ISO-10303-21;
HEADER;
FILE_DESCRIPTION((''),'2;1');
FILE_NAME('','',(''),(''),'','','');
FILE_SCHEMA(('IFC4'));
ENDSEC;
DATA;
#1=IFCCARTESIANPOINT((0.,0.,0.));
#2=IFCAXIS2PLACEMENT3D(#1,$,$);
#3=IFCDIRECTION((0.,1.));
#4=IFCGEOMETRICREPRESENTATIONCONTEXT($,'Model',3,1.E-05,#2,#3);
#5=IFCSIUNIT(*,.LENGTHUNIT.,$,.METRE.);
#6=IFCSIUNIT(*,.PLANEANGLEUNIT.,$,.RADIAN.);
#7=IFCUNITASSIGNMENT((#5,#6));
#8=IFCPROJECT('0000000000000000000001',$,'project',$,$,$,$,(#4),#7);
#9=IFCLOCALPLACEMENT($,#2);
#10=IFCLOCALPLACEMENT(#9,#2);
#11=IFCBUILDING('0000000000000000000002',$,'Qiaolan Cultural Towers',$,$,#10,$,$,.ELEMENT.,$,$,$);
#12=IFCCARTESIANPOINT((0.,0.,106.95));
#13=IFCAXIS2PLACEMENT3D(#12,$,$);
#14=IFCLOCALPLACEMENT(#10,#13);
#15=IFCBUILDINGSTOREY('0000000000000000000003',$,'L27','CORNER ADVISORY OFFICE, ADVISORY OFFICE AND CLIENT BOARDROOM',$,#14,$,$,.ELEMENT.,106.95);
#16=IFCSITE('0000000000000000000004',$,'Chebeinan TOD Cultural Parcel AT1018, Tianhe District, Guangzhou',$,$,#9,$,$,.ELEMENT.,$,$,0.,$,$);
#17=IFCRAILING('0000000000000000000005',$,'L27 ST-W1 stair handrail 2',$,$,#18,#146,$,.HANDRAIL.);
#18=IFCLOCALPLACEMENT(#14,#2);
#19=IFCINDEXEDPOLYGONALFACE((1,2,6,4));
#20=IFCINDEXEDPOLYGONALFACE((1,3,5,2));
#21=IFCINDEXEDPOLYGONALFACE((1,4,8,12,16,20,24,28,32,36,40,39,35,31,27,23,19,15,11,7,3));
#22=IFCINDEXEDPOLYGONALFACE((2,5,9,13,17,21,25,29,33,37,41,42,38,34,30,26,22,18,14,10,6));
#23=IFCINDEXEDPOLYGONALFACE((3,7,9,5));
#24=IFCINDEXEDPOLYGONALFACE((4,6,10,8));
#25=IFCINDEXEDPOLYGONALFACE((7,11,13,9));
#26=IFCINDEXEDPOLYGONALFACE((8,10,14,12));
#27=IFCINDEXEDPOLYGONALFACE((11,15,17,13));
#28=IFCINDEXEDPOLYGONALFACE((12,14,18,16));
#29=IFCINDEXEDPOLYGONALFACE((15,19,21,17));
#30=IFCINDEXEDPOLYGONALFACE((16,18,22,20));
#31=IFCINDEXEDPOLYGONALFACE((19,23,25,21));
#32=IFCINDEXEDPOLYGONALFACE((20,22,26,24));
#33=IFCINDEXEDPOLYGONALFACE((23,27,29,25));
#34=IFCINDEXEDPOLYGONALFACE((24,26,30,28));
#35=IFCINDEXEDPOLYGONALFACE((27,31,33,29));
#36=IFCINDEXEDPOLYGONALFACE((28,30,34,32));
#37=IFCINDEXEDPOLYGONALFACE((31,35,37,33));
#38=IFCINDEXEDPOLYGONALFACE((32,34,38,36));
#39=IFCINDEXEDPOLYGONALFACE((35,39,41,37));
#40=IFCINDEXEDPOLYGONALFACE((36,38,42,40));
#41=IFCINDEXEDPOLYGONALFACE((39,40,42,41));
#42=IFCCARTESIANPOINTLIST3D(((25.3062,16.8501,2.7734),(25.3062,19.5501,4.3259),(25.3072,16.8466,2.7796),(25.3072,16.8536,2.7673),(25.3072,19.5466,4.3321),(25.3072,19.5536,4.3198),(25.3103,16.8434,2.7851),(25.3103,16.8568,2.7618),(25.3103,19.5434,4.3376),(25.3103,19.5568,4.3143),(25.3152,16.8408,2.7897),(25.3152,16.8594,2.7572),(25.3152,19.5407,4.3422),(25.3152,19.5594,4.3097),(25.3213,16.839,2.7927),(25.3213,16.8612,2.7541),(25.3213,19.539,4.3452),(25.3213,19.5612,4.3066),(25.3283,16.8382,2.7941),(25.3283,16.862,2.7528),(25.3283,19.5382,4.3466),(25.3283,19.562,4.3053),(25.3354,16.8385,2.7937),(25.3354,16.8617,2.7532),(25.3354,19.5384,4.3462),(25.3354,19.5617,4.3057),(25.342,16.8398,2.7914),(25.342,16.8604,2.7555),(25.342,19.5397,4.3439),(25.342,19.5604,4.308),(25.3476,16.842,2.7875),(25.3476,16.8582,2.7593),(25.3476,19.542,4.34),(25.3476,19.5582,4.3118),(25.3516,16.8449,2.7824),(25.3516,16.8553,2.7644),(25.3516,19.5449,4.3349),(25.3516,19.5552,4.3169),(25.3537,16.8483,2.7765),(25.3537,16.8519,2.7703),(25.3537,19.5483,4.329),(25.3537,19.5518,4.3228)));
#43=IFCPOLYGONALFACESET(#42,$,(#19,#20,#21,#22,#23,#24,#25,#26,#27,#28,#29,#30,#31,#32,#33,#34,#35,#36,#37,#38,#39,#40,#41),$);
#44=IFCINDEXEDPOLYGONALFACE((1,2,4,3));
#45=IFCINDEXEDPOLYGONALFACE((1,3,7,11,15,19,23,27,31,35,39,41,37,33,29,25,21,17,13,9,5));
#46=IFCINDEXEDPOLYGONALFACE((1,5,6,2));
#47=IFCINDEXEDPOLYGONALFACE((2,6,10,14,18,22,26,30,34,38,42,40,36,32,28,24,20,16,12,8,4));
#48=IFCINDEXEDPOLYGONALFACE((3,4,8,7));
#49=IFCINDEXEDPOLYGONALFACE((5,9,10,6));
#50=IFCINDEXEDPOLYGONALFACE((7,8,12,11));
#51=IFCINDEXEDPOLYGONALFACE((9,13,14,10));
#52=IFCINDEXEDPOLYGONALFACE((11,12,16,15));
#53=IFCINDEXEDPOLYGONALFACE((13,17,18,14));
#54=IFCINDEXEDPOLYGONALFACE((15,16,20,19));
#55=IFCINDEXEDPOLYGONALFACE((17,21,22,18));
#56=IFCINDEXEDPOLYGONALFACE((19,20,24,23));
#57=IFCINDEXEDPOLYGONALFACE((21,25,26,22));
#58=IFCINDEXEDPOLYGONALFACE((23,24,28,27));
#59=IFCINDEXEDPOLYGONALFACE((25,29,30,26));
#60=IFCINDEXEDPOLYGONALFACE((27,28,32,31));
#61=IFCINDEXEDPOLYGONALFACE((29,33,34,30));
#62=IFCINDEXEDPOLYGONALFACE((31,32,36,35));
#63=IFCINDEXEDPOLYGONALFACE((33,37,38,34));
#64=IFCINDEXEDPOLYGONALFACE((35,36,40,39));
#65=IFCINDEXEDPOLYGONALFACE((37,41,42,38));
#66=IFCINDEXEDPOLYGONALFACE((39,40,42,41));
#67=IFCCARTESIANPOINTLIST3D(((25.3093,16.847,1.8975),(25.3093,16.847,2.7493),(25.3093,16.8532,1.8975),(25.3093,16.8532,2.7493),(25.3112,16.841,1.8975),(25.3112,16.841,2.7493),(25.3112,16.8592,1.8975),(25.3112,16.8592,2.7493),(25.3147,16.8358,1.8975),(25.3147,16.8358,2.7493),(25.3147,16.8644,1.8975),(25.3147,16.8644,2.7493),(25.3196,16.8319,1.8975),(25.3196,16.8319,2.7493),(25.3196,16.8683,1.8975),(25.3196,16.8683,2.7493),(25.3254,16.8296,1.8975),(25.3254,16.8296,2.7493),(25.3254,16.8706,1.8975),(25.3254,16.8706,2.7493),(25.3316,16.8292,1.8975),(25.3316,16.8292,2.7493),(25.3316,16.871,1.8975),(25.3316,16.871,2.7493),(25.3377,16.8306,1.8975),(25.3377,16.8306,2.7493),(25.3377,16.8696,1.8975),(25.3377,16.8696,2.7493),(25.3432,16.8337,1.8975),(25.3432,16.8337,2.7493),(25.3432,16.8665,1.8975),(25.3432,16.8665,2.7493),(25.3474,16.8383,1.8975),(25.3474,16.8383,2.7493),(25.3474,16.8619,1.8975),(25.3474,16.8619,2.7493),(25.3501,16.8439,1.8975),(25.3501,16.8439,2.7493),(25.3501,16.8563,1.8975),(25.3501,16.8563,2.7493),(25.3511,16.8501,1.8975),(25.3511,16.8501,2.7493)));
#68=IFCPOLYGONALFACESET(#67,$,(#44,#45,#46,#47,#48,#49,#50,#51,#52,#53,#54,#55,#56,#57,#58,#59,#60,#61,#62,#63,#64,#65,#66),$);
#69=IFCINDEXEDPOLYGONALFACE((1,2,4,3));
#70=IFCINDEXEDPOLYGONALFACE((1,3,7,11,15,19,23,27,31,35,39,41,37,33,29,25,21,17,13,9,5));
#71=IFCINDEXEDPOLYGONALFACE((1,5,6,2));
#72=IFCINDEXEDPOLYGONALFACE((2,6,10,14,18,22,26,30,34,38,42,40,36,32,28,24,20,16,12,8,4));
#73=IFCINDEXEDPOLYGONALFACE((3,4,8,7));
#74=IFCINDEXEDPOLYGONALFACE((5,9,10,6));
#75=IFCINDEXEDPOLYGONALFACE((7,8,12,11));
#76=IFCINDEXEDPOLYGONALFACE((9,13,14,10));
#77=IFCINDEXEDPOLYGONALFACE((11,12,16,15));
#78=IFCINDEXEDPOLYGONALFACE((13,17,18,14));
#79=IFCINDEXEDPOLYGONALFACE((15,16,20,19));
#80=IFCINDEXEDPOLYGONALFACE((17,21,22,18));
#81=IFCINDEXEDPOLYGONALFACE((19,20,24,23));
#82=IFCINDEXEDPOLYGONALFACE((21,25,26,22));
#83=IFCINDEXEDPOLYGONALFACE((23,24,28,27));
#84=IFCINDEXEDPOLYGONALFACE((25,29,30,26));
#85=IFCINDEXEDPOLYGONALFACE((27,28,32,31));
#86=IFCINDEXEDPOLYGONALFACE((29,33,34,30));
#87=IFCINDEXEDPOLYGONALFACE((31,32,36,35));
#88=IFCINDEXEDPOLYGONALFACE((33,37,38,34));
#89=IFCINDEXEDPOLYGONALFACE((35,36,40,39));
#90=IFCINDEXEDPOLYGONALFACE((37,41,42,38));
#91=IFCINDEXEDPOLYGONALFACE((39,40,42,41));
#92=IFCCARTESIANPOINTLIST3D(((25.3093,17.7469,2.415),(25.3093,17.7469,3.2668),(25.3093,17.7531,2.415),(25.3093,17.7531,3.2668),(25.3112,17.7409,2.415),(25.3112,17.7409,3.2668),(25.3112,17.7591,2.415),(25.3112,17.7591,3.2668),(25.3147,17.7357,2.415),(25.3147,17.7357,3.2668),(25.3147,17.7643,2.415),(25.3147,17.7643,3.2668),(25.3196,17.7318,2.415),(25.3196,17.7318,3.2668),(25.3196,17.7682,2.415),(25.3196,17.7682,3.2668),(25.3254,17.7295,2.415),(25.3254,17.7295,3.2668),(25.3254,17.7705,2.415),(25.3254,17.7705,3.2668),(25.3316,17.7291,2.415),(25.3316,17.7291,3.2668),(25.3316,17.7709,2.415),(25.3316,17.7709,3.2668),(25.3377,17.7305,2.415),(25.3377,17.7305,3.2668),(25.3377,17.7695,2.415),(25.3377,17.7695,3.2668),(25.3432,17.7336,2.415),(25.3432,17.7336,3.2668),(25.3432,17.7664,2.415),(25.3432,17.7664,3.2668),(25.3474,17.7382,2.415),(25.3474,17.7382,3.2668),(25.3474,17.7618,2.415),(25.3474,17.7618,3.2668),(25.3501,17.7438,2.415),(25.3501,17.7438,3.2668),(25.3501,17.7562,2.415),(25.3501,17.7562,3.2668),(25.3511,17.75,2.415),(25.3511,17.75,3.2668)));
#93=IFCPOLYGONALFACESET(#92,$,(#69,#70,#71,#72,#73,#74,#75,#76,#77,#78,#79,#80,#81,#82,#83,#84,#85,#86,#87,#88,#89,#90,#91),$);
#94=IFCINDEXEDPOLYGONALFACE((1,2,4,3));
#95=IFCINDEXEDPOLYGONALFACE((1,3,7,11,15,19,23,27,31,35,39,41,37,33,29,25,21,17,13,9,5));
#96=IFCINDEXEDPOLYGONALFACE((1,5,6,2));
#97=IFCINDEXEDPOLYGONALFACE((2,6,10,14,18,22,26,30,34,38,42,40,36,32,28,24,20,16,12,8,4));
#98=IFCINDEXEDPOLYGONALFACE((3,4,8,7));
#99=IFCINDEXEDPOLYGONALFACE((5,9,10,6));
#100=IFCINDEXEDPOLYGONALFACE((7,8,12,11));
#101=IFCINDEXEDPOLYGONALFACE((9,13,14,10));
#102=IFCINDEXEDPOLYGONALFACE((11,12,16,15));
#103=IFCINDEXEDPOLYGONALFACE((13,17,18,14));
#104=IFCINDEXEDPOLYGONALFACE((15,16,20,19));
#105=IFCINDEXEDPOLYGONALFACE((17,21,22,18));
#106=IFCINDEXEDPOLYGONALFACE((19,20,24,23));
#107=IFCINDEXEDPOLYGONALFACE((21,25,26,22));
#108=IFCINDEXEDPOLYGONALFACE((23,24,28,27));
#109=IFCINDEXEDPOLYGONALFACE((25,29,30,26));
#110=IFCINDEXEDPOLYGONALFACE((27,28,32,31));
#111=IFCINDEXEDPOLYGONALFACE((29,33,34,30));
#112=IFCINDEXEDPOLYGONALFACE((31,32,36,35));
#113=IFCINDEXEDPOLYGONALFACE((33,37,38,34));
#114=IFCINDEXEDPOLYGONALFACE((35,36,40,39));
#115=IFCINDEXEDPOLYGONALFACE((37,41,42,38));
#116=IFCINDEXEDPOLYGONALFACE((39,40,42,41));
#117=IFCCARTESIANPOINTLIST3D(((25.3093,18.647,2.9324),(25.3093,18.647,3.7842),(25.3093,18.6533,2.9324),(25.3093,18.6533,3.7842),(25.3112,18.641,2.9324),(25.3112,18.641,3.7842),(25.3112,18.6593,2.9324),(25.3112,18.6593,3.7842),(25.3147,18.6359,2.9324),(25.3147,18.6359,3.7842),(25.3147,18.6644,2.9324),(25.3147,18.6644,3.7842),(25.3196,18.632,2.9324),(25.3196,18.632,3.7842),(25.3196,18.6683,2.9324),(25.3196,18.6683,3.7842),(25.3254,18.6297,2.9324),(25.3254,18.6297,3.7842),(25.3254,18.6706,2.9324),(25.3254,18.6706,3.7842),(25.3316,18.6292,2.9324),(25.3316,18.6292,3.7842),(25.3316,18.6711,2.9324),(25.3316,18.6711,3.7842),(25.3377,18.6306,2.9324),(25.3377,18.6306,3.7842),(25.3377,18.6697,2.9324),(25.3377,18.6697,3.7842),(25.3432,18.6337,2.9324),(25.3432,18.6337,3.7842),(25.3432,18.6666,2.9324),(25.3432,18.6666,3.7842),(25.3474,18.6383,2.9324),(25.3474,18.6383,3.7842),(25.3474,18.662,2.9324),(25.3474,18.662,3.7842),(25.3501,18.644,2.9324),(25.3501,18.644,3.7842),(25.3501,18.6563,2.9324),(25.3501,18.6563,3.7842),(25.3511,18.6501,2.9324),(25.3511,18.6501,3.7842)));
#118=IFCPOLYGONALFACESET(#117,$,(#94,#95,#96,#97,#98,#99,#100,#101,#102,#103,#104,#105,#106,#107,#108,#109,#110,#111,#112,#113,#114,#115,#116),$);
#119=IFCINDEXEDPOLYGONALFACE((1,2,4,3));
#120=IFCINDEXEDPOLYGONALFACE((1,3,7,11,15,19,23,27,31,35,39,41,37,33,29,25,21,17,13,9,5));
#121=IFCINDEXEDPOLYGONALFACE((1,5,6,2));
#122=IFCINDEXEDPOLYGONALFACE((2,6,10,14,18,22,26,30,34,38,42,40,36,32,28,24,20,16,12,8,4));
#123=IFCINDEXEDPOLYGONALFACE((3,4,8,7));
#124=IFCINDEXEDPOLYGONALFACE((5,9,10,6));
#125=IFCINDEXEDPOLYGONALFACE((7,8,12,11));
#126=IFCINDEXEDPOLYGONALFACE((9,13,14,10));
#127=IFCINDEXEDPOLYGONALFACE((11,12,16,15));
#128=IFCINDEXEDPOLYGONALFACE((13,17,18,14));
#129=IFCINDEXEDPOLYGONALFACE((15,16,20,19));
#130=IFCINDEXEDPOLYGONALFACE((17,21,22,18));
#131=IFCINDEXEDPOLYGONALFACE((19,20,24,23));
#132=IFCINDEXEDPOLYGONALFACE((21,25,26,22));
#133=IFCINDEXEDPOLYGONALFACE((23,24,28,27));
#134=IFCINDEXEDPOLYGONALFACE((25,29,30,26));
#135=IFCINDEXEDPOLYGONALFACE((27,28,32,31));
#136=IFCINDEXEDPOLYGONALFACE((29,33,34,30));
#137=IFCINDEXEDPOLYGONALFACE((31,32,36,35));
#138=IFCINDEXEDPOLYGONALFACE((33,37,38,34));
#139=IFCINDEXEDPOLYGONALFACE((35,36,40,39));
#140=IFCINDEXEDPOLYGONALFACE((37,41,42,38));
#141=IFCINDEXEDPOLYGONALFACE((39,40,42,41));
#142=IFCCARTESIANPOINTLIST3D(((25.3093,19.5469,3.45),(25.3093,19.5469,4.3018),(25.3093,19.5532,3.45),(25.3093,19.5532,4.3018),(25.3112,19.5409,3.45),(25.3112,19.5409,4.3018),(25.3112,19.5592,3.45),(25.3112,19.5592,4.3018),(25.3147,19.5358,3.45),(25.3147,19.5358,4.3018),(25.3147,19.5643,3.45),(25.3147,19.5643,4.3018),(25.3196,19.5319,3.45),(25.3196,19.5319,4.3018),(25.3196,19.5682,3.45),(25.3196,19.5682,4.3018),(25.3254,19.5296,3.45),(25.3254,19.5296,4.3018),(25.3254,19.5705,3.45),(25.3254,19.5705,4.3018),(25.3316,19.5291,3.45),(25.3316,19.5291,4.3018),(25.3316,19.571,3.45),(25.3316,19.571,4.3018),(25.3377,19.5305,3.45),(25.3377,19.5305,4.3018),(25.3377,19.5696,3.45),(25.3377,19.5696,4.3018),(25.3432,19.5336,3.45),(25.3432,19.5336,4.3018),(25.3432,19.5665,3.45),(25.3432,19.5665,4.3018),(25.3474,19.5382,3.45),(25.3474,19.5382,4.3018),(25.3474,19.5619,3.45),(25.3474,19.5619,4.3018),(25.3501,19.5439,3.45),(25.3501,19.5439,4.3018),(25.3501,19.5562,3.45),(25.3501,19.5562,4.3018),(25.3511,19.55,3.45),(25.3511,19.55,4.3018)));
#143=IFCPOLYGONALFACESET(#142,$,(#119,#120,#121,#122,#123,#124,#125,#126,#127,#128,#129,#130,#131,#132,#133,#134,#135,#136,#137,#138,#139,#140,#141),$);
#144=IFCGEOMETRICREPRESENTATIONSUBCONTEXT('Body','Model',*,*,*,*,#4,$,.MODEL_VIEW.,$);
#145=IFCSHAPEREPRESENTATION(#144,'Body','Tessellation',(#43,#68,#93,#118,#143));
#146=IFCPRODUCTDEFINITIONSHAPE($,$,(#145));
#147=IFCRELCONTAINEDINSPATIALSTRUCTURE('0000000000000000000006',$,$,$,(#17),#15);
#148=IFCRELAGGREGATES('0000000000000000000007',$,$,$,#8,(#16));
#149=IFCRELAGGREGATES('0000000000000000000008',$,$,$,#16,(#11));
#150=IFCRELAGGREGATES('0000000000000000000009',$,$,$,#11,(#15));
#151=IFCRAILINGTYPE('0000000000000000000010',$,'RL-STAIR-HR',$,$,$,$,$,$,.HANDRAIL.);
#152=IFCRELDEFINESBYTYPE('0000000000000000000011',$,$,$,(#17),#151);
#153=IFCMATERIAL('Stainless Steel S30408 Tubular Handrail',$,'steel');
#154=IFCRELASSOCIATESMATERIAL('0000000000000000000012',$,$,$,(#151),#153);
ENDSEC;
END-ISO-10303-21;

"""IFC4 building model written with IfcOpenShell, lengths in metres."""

from ifc_helpers import new_model, si_unit, direction, frame, origin, origin_2d, place, context, subcontext, project, spatial, circle, extrude, material, type_object, element, save


model = new_model("IFC4")

# Units and contexts
model_context = context("Model", 3, precision=1e-05, world=origin(), true_north=direction((0.0, 1.0)))
body_context = subcontext(model_context, "Body", "Model", "MODEL_VIEW")
ifc_project = project(units=[si_unit("LENGTHUNIT", "METRE"), si_unit("PLANEANGLEUNIT", "RADIAN")], contexts=[model_context])

# Site, building, storey
site_placement = place(None, origin())
site = spatial("IfcSite", under=ifc_project, at=site_placement, Name="Chebeinan TOD Cultural Parcel AT1018, Tianhe District, Guangzhou", CompositionType="ELEMENT", RefElevation=0.0)
building_placement = place(site_placement, origin())
building = spatial("IfcBuilding", under=site, at=building_placement, Name="Qiaolan Cultural Towers", CompositionType="ELEMENT")
storey_placement = place(building_placement, frame((0.0, 0.0, 106.95)))
storey = spatial("IfcBuildingStorey", under=building, at=storey_placement, Name="L27", Description="CORNER ADVISORY OFFICE, ADVISORY OFFICE AND CLIENT BOARDROOM", CompositionType="ELEMENT", Elevation=106.95)

# Railing
ifc_material_1 = material(Name="Stainless Steel S30408 Tubular Handrail", Category="steel")
railing_type_1 = type_object("IfcRailingType", Name="RL-STAIR-HR", PredefinedType="HANDRAIL", material=ifc_material_1)
railing_1_placement = place(storey_placement, frame((25.3301, 16.8501, 1.8975)))
element("IfcRailing", 1, at=railing_1_placement, inside=storey, type_object=railing_type_1, Name="L27 ST-W1 stair handrail 2", PredefinedType="HANDRAIL", context=body_context, shape_type="SweptSolid", body=[
    extrude(circle(Radius=0.0239, at=origin_2d()), frame((0.0, 0.0, 0.876), z_axis=(0.0, 0.866904, 0.498476), x_axis=(-1.0, 0.0, 0.0)), (0.0, 0.0, 1.0), 3.1145),
    extrude(circle(Radius=0.021, at=origin_2d()), origin(), (0.0, 0.0, 1.0), 0.8518),
    extrude(circle(Radius=0.021, at=origin_2d()), frame((0.0, 0.8999, 0.5176)), (0.0, 0.0, 1.0), 0.8518),
    extrude(circle(Radius=0.021, at=origin_2d()), frame((0.0, 1.8, 1.0349)), (0.0, 0.0, 1.0), 0.8518),
    extrude(circle(Radius=0.021, at=origin_2d()), frame((0.0, 2.7, 1.5525)), (0.0, 0.0, 1.0), 0.8518),
])

save(model, "model.ifc")
